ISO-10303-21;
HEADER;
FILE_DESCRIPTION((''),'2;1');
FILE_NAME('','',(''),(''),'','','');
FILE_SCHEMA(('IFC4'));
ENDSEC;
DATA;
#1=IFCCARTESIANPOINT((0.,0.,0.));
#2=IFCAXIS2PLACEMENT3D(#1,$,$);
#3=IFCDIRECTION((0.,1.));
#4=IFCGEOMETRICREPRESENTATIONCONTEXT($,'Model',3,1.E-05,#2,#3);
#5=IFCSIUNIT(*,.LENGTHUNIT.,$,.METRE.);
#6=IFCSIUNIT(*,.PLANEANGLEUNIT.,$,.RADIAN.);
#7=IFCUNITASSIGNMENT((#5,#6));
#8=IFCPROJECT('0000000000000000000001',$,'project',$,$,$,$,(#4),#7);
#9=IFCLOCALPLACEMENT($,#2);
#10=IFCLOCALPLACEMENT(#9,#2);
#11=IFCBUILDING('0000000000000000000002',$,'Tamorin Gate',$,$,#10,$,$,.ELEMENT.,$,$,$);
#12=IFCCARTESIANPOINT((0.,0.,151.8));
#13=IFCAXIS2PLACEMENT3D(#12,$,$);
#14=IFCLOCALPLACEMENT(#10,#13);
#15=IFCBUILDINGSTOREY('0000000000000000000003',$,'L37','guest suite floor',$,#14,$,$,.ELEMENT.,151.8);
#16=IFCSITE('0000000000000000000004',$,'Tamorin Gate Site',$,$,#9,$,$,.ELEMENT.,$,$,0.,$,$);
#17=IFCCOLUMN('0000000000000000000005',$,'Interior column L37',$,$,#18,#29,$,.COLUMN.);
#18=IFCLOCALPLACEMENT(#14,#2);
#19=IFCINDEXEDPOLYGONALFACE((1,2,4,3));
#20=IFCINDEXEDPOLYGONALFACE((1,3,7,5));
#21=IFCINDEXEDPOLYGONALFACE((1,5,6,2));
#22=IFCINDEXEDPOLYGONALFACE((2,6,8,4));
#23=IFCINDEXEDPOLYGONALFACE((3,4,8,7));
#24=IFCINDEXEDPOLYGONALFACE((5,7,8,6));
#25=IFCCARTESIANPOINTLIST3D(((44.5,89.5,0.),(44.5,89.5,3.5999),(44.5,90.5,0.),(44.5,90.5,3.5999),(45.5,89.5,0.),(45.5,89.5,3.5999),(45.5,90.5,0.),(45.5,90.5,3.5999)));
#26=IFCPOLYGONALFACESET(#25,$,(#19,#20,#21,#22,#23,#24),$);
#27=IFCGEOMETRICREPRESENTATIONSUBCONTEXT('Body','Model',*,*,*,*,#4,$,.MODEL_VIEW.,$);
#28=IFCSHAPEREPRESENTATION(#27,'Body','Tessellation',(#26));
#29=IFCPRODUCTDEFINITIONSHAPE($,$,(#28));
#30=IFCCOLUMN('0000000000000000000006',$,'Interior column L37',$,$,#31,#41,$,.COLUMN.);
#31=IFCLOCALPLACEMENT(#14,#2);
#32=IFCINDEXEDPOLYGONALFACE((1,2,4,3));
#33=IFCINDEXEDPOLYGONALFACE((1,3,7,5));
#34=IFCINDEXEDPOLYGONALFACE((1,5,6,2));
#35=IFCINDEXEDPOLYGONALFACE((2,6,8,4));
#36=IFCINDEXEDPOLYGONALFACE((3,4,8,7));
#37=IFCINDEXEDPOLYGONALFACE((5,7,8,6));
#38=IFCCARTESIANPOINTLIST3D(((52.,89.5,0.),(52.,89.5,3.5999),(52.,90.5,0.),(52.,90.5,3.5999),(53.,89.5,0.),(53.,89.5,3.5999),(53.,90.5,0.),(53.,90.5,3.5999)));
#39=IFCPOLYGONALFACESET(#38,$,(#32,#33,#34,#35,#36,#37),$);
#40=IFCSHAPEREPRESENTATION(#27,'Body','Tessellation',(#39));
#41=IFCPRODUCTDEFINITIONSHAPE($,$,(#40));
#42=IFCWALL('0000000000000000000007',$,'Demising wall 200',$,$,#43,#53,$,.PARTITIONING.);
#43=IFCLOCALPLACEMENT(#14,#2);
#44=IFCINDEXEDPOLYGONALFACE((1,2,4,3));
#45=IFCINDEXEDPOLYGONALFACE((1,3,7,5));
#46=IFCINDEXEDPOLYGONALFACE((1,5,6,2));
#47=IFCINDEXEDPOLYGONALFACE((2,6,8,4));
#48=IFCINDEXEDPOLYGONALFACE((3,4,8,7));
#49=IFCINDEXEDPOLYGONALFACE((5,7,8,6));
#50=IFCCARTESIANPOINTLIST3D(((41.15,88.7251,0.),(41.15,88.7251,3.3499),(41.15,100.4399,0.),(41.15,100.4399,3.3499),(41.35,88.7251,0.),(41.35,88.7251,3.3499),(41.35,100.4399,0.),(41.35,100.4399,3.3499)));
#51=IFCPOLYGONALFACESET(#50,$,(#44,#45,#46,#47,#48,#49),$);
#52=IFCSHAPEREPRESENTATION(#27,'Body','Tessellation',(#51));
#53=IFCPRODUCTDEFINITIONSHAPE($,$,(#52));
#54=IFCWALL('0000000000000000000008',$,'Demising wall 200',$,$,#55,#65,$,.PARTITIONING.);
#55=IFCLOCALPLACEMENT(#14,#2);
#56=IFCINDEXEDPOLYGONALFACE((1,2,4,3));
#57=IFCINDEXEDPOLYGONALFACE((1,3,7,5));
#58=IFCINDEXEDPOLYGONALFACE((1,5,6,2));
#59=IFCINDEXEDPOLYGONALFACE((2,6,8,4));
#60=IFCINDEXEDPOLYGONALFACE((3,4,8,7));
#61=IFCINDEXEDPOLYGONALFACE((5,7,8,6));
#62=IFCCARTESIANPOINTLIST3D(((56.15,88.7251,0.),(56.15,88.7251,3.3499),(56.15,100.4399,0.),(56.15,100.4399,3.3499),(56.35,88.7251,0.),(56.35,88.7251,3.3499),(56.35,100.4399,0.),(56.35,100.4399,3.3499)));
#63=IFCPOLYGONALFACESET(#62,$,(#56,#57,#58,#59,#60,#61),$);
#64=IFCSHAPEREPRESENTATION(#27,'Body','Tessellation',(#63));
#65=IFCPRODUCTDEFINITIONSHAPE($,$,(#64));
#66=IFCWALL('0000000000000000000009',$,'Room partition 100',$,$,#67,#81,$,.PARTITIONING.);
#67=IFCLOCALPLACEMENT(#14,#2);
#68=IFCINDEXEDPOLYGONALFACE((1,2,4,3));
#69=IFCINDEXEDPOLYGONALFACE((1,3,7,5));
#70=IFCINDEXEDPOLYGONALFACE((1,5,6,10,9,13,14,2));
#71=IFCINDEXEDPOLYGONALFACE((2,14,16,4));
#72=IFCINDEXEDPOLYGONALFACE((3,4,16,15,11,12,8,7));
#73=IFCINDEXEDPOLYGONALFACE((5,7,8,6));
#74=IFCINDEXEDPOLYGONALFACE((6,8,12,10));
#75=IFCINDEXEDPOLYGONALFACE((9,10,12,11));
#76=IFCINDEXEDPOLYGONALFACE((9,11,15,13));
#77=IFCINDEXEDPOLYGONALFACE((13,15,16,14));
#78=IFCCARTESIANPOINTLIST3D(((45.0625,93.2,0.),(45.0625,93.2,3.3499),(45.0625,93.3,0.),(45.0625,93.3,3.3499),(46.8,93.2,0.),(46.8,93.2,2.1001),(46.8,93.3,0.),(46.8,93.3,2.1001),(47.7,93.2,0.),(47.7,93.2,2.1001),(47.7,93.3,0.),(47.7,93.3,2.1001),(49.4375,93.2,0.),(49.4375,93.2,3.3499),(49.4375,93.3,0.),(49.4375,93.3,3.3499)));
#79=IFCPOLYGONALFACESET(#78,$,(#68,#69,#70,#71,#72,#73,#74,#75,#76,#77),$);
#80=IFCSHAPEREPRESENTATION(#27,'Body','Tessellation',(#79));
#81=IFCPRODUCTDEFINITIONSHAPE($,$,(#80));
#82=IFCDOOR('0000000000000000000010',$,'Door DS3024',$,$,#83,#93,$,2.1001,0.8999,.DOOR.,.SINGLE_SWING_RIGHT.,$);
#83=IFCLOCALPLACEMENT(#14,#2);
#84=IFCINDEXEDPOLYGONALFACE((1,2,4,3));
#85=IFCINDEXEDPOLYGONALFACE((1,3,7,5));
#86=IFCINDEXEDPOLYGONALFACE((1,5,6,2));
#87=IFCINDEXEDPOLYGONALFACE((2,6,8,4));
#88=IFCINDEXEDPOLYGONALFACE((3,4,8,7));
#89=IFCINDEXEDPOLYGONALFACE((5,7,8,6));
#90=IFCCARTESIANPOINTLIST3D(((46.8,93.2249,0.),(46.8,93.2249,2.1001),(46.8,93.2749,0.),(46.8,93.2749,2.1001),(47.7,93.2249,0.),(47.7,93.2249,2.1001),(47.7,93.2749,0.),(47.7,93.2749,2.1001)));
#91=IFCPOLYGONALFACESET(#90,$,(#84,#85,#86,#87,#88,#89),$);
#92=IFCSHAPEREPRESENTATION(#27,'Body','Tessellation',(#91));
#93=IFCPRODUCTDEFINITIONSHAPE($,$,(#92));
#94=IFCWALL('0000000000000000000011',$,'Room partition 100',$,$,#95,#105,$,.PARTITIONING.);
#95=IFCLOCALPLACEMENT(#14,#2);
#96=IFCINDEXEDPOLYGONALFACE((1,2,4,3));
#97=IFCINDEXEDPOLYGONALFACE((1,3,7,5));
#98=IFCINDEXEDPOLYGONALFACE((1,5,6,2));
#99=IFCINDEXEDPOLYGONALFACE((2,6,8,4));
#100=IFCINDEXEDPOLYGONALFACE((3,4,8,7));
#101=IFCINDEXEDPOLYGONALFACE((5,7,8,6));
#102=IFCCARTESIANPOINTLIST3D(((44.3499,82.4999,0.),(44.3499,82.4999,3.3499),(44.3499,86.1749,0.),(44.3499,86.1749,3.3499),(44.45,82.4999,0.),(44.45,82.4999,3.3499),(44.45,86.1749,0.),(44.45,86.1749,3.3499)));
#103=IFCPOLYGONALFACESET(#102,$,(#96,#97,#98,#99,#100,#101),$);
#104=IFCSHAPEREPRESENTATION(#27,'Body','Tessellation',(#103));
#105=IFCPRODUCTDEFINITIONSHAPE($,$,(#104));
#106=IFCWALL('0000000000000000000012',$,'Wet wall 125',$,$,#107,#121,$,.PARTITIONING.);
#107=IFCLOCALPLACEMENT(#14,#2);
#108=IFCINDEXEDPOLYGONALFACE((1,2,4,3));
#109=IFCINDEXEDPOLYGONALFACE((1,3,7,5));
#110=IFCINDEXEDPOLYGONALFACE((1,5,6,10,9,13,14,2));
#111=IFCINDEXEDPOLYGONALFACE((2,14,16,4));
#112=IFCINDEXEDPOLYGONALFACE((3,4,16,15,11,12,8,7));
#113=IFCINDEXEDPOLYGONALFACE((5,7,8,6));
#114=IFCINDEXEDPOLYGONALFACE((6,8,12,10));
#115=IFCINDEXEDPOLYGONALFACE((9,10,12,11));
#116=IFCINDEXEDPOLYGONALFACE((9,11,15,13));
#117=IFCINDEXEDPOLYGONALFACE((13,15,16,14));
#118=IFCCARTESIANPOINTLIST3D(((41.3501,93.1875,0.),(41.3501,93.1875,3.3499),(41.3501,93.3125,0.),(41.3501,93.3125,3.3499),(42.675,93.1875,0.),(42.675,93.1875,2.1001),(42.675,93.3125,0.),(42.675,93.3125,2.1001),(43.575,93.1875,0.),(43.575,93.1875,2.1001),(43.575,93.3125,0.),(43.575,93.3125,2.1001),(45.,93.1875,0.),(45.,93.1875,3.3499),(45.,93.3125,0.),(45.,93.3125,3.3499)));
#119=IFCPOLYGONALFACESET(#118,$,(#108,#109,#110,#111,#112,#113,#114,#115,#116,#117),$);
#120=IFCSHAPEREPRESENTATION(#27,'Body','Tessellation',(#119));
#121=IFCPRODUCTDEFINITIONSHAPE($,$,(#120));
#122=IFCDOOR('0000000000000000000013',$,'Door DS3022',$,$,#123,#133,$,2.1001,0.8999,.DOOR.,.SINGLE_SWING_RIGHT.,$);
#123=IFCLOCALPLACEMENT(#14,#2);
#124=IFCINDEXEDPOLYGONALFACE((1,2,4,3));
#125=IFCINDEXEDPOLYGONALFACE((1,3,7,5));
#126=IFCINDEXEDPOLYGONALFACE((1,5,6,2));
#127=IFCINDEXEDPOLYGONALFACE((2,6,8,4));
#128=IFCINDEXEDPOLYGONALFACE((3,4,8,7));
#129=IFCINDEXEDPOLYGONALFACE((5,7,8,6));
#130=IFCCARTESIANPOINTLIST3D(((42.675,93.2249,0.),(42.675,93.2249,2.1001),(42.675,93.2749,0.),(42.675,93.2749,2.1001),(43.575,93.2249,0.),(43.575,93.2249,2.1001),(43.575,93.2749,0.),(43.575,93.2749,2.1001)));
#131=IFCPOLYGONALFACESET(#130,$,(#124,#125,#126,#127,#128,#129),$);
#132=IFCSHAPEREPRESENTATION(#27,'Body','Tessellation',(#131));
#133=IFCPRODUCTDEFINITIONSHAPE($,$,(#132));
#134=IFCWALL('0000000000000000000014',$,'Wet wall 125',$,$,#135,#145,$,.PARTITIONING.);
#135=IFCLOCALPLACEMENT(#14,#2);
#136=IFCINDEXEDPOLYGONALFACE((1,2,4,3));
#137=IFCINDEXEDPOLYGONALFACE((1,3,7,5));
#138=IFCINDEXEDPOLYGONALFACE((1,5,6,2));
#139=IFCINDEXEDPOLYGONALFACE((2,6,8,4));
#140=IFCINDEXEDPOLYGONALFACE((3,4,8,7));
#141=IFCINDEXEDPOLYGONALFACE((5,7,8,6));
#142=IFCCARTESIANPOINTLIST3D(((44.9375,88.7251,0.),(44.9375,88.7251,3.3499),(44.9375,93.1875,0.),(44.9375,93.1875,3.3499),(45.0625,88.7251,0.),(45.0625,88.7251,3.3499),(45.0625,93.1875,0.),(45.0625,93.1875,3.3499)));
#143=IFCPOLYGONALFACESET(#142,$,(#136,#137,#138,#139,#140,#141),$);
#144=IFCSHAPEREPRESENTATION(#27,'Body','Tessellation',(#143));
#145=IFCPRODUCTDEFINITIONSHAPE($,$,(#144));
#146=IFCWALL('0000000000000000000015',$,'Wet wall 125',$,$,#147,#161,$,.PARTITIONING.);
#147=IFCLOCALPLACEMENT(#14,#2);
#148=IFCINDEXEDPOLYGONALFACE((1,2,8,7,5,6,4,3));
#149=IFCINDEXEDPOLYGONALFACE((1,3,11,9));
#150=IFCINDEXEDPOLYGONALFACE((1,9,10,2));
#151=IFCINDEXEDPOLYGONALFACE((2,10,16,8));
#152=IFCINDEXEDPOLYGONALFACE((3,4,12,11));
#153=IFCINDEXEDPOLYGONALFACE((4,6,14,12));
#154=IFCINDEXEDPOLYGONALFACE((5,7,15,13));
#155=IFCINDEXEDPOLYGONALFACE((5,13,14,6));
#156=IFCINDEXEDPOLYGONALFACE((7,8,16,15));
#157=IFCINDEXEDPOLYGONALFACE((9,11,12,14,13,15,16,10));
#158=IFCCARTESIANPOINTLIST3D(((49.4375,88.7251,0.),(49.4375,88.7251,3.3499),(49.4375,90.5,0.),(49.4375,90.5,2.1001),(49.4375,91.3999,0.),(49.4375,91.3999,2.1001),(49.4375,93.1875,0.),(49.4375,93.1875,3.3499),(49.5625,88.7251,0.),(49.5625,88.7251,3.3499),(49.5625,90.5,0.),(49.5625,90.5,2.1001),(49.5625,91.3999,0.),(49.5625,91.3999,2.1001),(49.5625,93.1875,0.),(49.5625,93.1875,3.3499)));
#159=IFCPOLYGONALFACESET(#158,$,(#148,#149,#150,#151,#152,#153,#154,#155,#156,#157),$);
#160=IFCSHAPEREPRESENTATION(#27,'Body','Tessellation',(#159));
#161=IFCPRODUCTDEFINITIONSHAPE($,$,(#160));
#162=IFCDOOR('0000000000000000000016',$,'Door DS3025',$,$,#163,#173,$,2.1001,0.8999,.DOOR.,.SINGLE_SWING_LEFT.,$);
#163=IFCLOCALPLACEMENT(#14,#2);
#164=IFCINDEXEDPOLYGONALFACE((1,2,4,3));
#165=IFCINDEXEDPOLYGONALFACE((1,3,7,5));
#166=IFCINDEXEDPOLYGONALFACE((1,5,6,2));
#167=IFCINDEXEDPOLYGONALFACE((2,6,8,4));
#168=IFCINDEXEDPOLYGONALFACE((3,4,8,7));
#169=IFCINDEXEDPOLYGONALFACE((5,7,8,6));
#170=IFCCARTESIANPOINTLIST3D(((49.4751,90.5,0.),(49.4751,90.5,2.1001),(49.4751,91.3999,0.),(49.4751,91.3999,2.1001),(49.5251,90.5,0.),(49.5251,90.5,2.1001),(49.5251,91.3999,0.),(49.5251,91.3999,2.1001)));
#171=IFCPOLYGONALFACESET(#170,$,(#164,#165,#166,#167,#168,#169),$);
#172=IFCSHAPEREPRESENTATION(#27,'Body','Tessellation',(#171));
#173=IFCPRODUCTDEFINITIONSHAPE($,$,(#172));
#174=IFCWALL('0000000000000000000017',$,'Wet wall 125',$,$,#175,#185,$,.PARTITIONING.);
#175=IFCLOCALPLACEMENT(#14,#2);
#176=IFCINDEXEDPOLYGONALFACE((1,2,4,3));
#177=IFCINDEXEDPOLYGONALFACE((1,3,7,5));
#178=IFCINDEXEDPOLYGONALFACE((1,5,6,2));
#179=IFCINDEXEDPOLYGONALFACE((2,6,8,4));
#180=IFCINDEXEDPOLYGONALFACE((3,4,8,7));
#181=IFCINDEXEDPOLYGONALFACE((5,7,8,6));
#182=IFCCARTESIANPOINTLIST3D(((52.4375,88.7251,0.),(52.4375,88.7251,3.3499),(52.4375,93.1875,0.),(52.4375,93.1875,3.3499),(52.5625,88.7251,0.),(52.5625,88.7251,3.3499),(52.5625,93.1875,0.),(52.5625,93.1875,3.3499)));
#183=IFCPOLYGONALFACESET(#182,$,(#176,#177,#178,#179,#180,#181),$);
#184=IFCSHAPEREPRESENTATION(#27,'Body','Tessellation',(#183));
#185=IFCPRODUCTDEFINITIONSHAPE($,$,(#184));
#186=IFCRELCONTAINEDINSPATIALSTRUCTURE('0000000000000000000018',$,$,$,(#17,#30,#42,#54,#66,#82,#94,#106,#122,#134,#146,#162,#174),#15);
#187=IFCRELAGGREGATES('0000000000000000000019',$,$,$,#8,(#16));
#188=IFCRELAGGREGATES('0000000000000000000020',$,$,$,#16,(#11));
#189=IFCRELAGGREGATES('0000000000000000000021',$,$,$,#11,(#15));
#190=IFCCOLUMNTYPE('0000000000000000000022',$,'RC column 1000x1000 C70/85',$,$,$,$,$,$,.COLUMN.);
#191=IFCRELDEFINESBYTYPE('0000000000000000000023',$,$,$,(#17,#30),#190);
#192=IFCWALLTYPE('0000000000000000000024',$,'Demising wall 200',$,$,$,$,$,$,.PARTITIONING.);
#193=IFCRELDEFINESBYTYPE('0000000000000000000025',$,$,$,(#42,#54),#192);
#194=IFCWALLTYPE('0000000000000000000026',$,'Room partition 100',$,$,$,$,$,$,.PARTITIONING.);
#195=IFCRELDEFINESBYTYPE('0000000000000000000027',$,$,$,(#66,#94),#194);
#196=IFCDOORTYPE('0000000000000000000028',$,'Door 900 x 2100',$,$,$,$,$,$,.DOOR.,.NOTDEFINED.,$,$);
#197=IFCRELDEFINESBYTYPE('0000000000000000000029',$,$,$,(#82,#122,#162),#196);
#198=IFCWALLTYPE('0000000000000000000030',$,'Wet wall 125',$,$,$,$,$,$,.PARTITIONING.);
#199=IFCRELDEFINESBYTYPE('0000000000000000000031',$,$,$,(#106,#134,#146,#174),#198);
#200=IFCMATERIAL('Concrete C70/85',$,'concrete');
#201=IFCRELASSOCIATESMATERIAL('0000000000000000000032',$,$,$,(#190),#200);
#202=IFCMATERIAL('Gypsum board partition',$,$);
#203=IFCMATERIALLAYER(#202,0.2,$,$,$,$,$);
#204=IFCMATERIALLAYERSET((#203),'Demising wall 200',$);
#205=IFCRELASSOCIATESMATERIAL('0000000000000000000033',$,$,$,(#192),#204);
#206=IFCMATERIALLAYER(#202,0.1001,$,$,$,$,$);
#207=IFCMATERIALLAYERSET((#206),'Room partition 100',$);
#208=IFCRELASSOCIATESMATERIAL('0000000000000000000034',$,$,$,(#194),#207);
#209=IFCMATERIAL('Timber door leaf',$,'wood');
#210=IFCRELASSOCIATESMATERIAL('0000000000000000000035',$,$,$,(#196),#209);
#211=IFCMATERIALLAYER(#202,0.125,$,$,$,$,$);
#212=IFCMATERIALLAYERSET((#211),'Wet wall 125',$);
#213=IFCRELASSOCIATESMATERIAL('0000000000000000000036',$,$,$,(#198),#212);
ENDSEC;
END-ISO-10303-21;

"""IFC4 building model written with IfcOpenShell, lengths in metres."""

from ifc_helpers import new_model, si_unit, direction, frame, frame_2d, origin, origin_2d, place, context, subcontext, project, spatial, rectangle, extrude, material, layer, layer_set, material_profile, profile_set, type_object, element, fill, save


model = new_model("IFC4")

# Units and contexts
model_context = context("Model", 3, precision=1e-05, world=origin(), true_north=direction((0.0, 1.0)))
body_context = subcontext(model_context, "Body", "Model", "MODEL_VIEW")
ifc_project = project(units=[si_unit("LENGTHUNIT", "METRE"), si_unit("PLANEANGLEUNIT", "RADIAN")], contexts=[model_context])

# Site, building, storey
site_placement = place(None, origin())
site = spatial("IfcSite", under=ifc_project, at=site_placement, Name="Tamorin Gate Site", CompositionType="ELEMENT", RefElevation=0.0)
building_placement = place(site_placement, origin())
building = spatial("IfcBuilding", under=site, at=building_placement, Name="Tamorin Gate", CompositionType="ELEMENT")
storey_placement = place(building_placement, frame((0.0, 0.0, 151.8)))
storey = spatial("IfcBuildingStorey", under=building, at=storey_placement, Name="L37", Description="guest suite floor", CompositionType="ELEMENT", Elevation=151.8)

# Columns
ifc_material_1 = material(Name="Concrete C70/85", Category="concrete")
ifc_material_profile = material_profile(ifc_material_1, rectangle(XDim=1.0, YDim=1.0, at=origin_2d()), Name="RC 1000x1000")
ifc_profile_set = profile_set([ifc_material_profile], Name="Concrete C70/85")
column_type = type_object("IfcColumnType", Name="RC column 1000x1000 C70/85", PredefinedType="COLUMN", material=ifc_profile_set)
for number, where, z_axis, x_axis, name in (
    (1, (45.0, 90.0, 0.0), (0.0, 0.0, 1.0), (1.0, 0.0, 0.0), "Interior column L37"),
    (2, (52.5, 90.0, 0.0), (0.0, 0.0, 1.0), (1.0, 0.0, 0.0), "Interior column L37"),
):
    element("IfcColumn", number, at=place(storey_placement, frame(where, z_axis=z_axis, x_axis=x_axis)), inside=storey, type_object=column_type, Name=name, PredefinedType="COLUMN", context=body_context, shape_type="SweptSolid", body=[
        extrude(rectangle(XDim=1.0, YDim=1.0, at=origin_2d()), origin(), (0.0, 0.0, 1.0), 3.5999),
    ])

# Walls
ifc_material_2 = material(Name="Gypsum board partition")
ifc_layer_1 = layer(ifc_material_2, 0.2)
ifc_layer_set_1 = layer_set([ifc_layer_1], Name="Demising wall 200")
wall_type_1 = type_object("IfcWallType", Name="Demising wall 200", PredefinedType="PARTITIONING", material=ifc_layer_set_1)
for number, where, z_axis, x_axis, name in (
    (3, (41.25, 88.7251, 0.0), (0.0, 0.0, 1.0), (0.0, 1.0, 0.0), "Demising wall 200"),
    (4, (56.25, 88.7251, 0.0), (0.0, 0.0, 1.0), (0.0, 1.0, 0.0), "Demising wall 200"),
):
    element("IfcWall", number, at=place(storey_placement, frame(where, z_axis=z_axis, x_axis=x_axis)), inside=storey, type_object=wall_type_1, Name=name, PredefinedType="PARTITIONING", context=body_context, shape_type="SweptSolid", body=[
        extrude(rectangle(XDim=11.7148, YDim=0.2, at=frame_2d((5.8574, 0.0))), origin(), (0.0, 0.0, 1.0), 3.3499),
    ])

# Wall, opening, door
ifc_layer_2 = layer(ifc_material_2, 0.1001)
ifc_layer_set_2 = layer_set([ifc_layer_2], Name="Room partition 100")
wall_type_2 = type_object("IfcWallType", Name="Room partition 100", PredefinedType="PARTITIONING", material=ifc_layer_set_2)
wall_1_placement = place(storey_placement, frame((45.0625, 93.25, 0.0), z_axis=(0.0, 0.0, 1.0), x_axis=(1.0, 0.0, 0.0)))
wall_1 = element("IfcWall", 5, at=wall_1_placement, inside=storey, type_object=wall_type_2, Name="Room partition 100", PredefinedType="PARTITIONING", context=body_context, shape_type="SweptSolid", body=[
    extrude(rectangle(XDim=4.375, YDim=0.1001, at=frame_2d((2.1875, 0.0))), origin(), (0.0, 0.0, 1.0), 3.3499),
])
opening_1_placement = place(wall_1_placement, frame((1.7375, 0.0, 0.0)))
opening_1 = element("IfcOpeningElement", 6, at=opening_1_placement, cuts=wall_1, PredefinedType="OPENING", context=body_context, shape_type="SweptSolid", body=[
    extrude(rectangle(XDim=0.8999, YDim=2.1001, at=frame_2d((0.45, 1.05))), frame((0.0, 0.0601, 0.0), z_axis=(0.0, -1.0, 0.0), x_axis=(1.0, 0.0, 0.0)), (0.0, 0.0, 1.0), 0.1201),
])
ifc_material_3 = material(Name="Timber door leaf", Category="wood")
door_type = type_object("IfcDoorType", Name="Door 900 x 2100", OperationType="NOTDEFINED", PredefinedType="DOOR", material=ifc_material_3)
door_1_placement = place(opening_1_placement, origin())
door_1 = element("IfcDoor", 7, at=door_1_placement, inside=storey, type_object=door_type, Name="Door DS3024", OperationType="SINGLE_SWING_RIGHT", OverallHeight=2.1001, OverallWidth=0.8999, PredefinedType="DOOR", context=body_context, shape_type="SweptSolid", body=[
    extrude(rectangle(XDim=0.8999, YDim=2.1001, at=frame_2d((0.45, 1.05))), frame((0.0, 0.0249, 0.0), z_axis=(0.0, -1.0, 0.0), x_axis=(1.0, 0.0, 0.0)), (0.0, 0.0, 1.0), 0.05),
])
fill(opening_1, door_1)

# Wall
wall_2_placement = place(storey_placement, frame((44.3999, 82.5, 0.0), z_axis=(0.0, 0.0, 1.0), x_axis=(0.0, 1.0, 0.0)))
element("IfcWall", 8, at=wall_2_placement, inside=storey, type_object=wall_type_2, Name="Room partition 100", PredefinedType="PARTITIONING", context=body_context, shape_type="SweptSolid", body=[
    extrude(rectangle(XDim=3.675, YDim=0.1001, at=frame_2d((1.8374, 0.0))), origin(), (0.0, 0.0, 1.0), 3.3499),
])

# Wall, opening, door
ifc_layer_3 = layer(ifc_material_2, 0.125)
ifc_layer_set_3 = layer_set([ifc_layer_3], Name="Wet wall 125")
wall_type_3 = type_object("IfcWallType", Name="Wet wall 125", PredefinedType="PARTITIONING", material=ifc_layer_set_3)
wall_3_placement = place(storey_placement, frame((41.3501, 93.25, 0.0), z_axis=(0.0, 0.0, 1.0), x_axis=(1.0, 0.0, 0.0)))
wall_3 = element("IfcWall", 9, at=wall_3_placement, inside=storey, type_object=wall_type_3, Name="Wet wall 125", PredefinedType="PARTITIONING", context=body_context, shape_type="SweptSolid", body=[
    extrude(rectangle(XDim=3.6499, YDim=0.125, at=frame_2d((1.825, 0.0))), origin(), (0.0, 0.0, 1.0), 3.3499),
])
opening_2_placement = place(wall_3_placement, frame((1.325, 0.0, 0.0)))
opening_2 = element("IfcOpeningElement", 10, at=opening_2_placement, cuts=wall_3, PredefinedType="OPENING", context=body_context, shape_type="SweptSolid", body=[
    extrude(rectangle(XDim=0.8999, YDim=2.1001, at=frame_2d((0.45, 1.05))), frame((0.0, 0.0725, 0.0), z_axis=(0.0, -1.0, 0.0), x_axis=(1.0, 0.0, 0.0)), (0.0, 0.0, 1.0), 0.145),
])
door_2_placement = place(opening_2_placement, origin())
door_2 = element("IfcDoor", 11, at=door_2_placement, inside=storey, type_object=door_type, Name="Door DS3022", OperationType="SINGLE_SWING_RIGHT", OverallHeight=2.1001, OverallWidth=0.8999, PredefinedType="DOOR", context=body_context, shape_type="SweptSolid", body=[
    extrude(rectangle(XDim=0.8999, YDim=2.1001, at=frame_2d((0.45, 1.05))), frame((0.0, 0.0249, 0.0), z_axis=(0.0, -1.0, 0.0), x_axis=(1.0, 0.0, 0.0)), (0.0, 0.0, 1.0), 0.05),
])
fill(opening_2, door_2)

# Wall
wall_4_placement = place(storey_placement, frame((45.0, 88.7251, 0.0), z_axis=(0.0, 0.0, 1.0), x_axis=(0.0, 1.0, 0.0)))
element("IfcWall", 12, at=wall_4_placement, inside=storey, type_object=wall_type_3, Name="Wet wall 125", PredefinedType="PARTITIONING", context=body_context, shape_type="SweptSolid", body=[
    extrude(rectangle(XDim=4.4624, YDim=0.125, at=frame_2d((2.2312, 0.0))), origin(), (0.0, 0.0, 1.0), 3.3499),
])

# Wall, opening, door
wall_5_placement = place(storey_placement, frame((49.5, 88.7251, 0.0), z_axis=(0.0, 0.0, 1.0), x_axis=(0.0, 1.0, 0.0)))
wall_5 = element("IfcWall", 13, at=wall_5_placement, inside=storey, type_object=wall_type_3, Name="Wet wall 125", PredefinedType="PARTITIONING", context=body_context, shape_type="SweptSolid", body=[
    extrude(rectangle(XDim=4.4624, YDim=0.125, at=frame_2d((2.2312, 0.0))), origin(), (0.0, 0.0, 1.0), 3.3499),
])
opening_3_placement = place(wall_5_placement, frame((1.7749, 0.0, 0.0)))
opening_3 = element("IfcOpeningElement", 14, at=opening_3_placement, cuts=wall_5, PredefinedType="OPENING", context=body_context, shape_type="SweptSolid", body=[
    extrude(rectangle(XDim=0.8999, YDim=2.1001, at=frame_2d((0.45, 1.05))), frame((0.0, 0.0725, 0.0), z_axis=(0.0, -1.0, 0.0), x_axis=(1.0, 0.0, 0.0)), (0.0, 0.0, 1.0), 0.145),
])
door_3_placement = place(opening_3_placement, origin())
door_3 = element("IfcDoor", 15, at=door_3_placement, inside=storey, type_object=door_type, Name="Door DS3025", OperationType="SINGLE_SWING_LEFT", OverallHeight=2.1001, OverallWidth=0.8999, PredefinedType="DOOR", context=body_context, shape_type="SweptSolid", body=[
    extrude(rectangle(XDim=0.8999, YDim=2.1001, at=frame_2d((0.45, 1.05))), frame((0.0, 0.0249, 0.0), z_axis=(0.0, -1.0, 0.0), x_axis=(1.0, 0.0, 0.0)), (0.0, 0.0, 1.0), 0.05),
])
fill(opening_3, door_3)

# Wall
wall_6_placement = place(storey_placement, frame((52.5, 88.7251, 0.0), z_axis=(0.0, 0.0, 1.0), x_axis=(0.0, 1.0, 0.0)))
element("IfcWall", 16, at=wall_6_placement, inside=storey, type_object=wall_type_3, Name="Wet wall 125", PredefinedType="PARTITIONING", context=body_context, shape_type="SweptSolid", body=[
    extrude(rectangle(XDim=4.4624, YDim=0.125, at=frame_2d((2.2312, 0.0))), origin(), (0.0, 0.0, 1.0), 3.3499),
])

save(model, "model.ifc")
